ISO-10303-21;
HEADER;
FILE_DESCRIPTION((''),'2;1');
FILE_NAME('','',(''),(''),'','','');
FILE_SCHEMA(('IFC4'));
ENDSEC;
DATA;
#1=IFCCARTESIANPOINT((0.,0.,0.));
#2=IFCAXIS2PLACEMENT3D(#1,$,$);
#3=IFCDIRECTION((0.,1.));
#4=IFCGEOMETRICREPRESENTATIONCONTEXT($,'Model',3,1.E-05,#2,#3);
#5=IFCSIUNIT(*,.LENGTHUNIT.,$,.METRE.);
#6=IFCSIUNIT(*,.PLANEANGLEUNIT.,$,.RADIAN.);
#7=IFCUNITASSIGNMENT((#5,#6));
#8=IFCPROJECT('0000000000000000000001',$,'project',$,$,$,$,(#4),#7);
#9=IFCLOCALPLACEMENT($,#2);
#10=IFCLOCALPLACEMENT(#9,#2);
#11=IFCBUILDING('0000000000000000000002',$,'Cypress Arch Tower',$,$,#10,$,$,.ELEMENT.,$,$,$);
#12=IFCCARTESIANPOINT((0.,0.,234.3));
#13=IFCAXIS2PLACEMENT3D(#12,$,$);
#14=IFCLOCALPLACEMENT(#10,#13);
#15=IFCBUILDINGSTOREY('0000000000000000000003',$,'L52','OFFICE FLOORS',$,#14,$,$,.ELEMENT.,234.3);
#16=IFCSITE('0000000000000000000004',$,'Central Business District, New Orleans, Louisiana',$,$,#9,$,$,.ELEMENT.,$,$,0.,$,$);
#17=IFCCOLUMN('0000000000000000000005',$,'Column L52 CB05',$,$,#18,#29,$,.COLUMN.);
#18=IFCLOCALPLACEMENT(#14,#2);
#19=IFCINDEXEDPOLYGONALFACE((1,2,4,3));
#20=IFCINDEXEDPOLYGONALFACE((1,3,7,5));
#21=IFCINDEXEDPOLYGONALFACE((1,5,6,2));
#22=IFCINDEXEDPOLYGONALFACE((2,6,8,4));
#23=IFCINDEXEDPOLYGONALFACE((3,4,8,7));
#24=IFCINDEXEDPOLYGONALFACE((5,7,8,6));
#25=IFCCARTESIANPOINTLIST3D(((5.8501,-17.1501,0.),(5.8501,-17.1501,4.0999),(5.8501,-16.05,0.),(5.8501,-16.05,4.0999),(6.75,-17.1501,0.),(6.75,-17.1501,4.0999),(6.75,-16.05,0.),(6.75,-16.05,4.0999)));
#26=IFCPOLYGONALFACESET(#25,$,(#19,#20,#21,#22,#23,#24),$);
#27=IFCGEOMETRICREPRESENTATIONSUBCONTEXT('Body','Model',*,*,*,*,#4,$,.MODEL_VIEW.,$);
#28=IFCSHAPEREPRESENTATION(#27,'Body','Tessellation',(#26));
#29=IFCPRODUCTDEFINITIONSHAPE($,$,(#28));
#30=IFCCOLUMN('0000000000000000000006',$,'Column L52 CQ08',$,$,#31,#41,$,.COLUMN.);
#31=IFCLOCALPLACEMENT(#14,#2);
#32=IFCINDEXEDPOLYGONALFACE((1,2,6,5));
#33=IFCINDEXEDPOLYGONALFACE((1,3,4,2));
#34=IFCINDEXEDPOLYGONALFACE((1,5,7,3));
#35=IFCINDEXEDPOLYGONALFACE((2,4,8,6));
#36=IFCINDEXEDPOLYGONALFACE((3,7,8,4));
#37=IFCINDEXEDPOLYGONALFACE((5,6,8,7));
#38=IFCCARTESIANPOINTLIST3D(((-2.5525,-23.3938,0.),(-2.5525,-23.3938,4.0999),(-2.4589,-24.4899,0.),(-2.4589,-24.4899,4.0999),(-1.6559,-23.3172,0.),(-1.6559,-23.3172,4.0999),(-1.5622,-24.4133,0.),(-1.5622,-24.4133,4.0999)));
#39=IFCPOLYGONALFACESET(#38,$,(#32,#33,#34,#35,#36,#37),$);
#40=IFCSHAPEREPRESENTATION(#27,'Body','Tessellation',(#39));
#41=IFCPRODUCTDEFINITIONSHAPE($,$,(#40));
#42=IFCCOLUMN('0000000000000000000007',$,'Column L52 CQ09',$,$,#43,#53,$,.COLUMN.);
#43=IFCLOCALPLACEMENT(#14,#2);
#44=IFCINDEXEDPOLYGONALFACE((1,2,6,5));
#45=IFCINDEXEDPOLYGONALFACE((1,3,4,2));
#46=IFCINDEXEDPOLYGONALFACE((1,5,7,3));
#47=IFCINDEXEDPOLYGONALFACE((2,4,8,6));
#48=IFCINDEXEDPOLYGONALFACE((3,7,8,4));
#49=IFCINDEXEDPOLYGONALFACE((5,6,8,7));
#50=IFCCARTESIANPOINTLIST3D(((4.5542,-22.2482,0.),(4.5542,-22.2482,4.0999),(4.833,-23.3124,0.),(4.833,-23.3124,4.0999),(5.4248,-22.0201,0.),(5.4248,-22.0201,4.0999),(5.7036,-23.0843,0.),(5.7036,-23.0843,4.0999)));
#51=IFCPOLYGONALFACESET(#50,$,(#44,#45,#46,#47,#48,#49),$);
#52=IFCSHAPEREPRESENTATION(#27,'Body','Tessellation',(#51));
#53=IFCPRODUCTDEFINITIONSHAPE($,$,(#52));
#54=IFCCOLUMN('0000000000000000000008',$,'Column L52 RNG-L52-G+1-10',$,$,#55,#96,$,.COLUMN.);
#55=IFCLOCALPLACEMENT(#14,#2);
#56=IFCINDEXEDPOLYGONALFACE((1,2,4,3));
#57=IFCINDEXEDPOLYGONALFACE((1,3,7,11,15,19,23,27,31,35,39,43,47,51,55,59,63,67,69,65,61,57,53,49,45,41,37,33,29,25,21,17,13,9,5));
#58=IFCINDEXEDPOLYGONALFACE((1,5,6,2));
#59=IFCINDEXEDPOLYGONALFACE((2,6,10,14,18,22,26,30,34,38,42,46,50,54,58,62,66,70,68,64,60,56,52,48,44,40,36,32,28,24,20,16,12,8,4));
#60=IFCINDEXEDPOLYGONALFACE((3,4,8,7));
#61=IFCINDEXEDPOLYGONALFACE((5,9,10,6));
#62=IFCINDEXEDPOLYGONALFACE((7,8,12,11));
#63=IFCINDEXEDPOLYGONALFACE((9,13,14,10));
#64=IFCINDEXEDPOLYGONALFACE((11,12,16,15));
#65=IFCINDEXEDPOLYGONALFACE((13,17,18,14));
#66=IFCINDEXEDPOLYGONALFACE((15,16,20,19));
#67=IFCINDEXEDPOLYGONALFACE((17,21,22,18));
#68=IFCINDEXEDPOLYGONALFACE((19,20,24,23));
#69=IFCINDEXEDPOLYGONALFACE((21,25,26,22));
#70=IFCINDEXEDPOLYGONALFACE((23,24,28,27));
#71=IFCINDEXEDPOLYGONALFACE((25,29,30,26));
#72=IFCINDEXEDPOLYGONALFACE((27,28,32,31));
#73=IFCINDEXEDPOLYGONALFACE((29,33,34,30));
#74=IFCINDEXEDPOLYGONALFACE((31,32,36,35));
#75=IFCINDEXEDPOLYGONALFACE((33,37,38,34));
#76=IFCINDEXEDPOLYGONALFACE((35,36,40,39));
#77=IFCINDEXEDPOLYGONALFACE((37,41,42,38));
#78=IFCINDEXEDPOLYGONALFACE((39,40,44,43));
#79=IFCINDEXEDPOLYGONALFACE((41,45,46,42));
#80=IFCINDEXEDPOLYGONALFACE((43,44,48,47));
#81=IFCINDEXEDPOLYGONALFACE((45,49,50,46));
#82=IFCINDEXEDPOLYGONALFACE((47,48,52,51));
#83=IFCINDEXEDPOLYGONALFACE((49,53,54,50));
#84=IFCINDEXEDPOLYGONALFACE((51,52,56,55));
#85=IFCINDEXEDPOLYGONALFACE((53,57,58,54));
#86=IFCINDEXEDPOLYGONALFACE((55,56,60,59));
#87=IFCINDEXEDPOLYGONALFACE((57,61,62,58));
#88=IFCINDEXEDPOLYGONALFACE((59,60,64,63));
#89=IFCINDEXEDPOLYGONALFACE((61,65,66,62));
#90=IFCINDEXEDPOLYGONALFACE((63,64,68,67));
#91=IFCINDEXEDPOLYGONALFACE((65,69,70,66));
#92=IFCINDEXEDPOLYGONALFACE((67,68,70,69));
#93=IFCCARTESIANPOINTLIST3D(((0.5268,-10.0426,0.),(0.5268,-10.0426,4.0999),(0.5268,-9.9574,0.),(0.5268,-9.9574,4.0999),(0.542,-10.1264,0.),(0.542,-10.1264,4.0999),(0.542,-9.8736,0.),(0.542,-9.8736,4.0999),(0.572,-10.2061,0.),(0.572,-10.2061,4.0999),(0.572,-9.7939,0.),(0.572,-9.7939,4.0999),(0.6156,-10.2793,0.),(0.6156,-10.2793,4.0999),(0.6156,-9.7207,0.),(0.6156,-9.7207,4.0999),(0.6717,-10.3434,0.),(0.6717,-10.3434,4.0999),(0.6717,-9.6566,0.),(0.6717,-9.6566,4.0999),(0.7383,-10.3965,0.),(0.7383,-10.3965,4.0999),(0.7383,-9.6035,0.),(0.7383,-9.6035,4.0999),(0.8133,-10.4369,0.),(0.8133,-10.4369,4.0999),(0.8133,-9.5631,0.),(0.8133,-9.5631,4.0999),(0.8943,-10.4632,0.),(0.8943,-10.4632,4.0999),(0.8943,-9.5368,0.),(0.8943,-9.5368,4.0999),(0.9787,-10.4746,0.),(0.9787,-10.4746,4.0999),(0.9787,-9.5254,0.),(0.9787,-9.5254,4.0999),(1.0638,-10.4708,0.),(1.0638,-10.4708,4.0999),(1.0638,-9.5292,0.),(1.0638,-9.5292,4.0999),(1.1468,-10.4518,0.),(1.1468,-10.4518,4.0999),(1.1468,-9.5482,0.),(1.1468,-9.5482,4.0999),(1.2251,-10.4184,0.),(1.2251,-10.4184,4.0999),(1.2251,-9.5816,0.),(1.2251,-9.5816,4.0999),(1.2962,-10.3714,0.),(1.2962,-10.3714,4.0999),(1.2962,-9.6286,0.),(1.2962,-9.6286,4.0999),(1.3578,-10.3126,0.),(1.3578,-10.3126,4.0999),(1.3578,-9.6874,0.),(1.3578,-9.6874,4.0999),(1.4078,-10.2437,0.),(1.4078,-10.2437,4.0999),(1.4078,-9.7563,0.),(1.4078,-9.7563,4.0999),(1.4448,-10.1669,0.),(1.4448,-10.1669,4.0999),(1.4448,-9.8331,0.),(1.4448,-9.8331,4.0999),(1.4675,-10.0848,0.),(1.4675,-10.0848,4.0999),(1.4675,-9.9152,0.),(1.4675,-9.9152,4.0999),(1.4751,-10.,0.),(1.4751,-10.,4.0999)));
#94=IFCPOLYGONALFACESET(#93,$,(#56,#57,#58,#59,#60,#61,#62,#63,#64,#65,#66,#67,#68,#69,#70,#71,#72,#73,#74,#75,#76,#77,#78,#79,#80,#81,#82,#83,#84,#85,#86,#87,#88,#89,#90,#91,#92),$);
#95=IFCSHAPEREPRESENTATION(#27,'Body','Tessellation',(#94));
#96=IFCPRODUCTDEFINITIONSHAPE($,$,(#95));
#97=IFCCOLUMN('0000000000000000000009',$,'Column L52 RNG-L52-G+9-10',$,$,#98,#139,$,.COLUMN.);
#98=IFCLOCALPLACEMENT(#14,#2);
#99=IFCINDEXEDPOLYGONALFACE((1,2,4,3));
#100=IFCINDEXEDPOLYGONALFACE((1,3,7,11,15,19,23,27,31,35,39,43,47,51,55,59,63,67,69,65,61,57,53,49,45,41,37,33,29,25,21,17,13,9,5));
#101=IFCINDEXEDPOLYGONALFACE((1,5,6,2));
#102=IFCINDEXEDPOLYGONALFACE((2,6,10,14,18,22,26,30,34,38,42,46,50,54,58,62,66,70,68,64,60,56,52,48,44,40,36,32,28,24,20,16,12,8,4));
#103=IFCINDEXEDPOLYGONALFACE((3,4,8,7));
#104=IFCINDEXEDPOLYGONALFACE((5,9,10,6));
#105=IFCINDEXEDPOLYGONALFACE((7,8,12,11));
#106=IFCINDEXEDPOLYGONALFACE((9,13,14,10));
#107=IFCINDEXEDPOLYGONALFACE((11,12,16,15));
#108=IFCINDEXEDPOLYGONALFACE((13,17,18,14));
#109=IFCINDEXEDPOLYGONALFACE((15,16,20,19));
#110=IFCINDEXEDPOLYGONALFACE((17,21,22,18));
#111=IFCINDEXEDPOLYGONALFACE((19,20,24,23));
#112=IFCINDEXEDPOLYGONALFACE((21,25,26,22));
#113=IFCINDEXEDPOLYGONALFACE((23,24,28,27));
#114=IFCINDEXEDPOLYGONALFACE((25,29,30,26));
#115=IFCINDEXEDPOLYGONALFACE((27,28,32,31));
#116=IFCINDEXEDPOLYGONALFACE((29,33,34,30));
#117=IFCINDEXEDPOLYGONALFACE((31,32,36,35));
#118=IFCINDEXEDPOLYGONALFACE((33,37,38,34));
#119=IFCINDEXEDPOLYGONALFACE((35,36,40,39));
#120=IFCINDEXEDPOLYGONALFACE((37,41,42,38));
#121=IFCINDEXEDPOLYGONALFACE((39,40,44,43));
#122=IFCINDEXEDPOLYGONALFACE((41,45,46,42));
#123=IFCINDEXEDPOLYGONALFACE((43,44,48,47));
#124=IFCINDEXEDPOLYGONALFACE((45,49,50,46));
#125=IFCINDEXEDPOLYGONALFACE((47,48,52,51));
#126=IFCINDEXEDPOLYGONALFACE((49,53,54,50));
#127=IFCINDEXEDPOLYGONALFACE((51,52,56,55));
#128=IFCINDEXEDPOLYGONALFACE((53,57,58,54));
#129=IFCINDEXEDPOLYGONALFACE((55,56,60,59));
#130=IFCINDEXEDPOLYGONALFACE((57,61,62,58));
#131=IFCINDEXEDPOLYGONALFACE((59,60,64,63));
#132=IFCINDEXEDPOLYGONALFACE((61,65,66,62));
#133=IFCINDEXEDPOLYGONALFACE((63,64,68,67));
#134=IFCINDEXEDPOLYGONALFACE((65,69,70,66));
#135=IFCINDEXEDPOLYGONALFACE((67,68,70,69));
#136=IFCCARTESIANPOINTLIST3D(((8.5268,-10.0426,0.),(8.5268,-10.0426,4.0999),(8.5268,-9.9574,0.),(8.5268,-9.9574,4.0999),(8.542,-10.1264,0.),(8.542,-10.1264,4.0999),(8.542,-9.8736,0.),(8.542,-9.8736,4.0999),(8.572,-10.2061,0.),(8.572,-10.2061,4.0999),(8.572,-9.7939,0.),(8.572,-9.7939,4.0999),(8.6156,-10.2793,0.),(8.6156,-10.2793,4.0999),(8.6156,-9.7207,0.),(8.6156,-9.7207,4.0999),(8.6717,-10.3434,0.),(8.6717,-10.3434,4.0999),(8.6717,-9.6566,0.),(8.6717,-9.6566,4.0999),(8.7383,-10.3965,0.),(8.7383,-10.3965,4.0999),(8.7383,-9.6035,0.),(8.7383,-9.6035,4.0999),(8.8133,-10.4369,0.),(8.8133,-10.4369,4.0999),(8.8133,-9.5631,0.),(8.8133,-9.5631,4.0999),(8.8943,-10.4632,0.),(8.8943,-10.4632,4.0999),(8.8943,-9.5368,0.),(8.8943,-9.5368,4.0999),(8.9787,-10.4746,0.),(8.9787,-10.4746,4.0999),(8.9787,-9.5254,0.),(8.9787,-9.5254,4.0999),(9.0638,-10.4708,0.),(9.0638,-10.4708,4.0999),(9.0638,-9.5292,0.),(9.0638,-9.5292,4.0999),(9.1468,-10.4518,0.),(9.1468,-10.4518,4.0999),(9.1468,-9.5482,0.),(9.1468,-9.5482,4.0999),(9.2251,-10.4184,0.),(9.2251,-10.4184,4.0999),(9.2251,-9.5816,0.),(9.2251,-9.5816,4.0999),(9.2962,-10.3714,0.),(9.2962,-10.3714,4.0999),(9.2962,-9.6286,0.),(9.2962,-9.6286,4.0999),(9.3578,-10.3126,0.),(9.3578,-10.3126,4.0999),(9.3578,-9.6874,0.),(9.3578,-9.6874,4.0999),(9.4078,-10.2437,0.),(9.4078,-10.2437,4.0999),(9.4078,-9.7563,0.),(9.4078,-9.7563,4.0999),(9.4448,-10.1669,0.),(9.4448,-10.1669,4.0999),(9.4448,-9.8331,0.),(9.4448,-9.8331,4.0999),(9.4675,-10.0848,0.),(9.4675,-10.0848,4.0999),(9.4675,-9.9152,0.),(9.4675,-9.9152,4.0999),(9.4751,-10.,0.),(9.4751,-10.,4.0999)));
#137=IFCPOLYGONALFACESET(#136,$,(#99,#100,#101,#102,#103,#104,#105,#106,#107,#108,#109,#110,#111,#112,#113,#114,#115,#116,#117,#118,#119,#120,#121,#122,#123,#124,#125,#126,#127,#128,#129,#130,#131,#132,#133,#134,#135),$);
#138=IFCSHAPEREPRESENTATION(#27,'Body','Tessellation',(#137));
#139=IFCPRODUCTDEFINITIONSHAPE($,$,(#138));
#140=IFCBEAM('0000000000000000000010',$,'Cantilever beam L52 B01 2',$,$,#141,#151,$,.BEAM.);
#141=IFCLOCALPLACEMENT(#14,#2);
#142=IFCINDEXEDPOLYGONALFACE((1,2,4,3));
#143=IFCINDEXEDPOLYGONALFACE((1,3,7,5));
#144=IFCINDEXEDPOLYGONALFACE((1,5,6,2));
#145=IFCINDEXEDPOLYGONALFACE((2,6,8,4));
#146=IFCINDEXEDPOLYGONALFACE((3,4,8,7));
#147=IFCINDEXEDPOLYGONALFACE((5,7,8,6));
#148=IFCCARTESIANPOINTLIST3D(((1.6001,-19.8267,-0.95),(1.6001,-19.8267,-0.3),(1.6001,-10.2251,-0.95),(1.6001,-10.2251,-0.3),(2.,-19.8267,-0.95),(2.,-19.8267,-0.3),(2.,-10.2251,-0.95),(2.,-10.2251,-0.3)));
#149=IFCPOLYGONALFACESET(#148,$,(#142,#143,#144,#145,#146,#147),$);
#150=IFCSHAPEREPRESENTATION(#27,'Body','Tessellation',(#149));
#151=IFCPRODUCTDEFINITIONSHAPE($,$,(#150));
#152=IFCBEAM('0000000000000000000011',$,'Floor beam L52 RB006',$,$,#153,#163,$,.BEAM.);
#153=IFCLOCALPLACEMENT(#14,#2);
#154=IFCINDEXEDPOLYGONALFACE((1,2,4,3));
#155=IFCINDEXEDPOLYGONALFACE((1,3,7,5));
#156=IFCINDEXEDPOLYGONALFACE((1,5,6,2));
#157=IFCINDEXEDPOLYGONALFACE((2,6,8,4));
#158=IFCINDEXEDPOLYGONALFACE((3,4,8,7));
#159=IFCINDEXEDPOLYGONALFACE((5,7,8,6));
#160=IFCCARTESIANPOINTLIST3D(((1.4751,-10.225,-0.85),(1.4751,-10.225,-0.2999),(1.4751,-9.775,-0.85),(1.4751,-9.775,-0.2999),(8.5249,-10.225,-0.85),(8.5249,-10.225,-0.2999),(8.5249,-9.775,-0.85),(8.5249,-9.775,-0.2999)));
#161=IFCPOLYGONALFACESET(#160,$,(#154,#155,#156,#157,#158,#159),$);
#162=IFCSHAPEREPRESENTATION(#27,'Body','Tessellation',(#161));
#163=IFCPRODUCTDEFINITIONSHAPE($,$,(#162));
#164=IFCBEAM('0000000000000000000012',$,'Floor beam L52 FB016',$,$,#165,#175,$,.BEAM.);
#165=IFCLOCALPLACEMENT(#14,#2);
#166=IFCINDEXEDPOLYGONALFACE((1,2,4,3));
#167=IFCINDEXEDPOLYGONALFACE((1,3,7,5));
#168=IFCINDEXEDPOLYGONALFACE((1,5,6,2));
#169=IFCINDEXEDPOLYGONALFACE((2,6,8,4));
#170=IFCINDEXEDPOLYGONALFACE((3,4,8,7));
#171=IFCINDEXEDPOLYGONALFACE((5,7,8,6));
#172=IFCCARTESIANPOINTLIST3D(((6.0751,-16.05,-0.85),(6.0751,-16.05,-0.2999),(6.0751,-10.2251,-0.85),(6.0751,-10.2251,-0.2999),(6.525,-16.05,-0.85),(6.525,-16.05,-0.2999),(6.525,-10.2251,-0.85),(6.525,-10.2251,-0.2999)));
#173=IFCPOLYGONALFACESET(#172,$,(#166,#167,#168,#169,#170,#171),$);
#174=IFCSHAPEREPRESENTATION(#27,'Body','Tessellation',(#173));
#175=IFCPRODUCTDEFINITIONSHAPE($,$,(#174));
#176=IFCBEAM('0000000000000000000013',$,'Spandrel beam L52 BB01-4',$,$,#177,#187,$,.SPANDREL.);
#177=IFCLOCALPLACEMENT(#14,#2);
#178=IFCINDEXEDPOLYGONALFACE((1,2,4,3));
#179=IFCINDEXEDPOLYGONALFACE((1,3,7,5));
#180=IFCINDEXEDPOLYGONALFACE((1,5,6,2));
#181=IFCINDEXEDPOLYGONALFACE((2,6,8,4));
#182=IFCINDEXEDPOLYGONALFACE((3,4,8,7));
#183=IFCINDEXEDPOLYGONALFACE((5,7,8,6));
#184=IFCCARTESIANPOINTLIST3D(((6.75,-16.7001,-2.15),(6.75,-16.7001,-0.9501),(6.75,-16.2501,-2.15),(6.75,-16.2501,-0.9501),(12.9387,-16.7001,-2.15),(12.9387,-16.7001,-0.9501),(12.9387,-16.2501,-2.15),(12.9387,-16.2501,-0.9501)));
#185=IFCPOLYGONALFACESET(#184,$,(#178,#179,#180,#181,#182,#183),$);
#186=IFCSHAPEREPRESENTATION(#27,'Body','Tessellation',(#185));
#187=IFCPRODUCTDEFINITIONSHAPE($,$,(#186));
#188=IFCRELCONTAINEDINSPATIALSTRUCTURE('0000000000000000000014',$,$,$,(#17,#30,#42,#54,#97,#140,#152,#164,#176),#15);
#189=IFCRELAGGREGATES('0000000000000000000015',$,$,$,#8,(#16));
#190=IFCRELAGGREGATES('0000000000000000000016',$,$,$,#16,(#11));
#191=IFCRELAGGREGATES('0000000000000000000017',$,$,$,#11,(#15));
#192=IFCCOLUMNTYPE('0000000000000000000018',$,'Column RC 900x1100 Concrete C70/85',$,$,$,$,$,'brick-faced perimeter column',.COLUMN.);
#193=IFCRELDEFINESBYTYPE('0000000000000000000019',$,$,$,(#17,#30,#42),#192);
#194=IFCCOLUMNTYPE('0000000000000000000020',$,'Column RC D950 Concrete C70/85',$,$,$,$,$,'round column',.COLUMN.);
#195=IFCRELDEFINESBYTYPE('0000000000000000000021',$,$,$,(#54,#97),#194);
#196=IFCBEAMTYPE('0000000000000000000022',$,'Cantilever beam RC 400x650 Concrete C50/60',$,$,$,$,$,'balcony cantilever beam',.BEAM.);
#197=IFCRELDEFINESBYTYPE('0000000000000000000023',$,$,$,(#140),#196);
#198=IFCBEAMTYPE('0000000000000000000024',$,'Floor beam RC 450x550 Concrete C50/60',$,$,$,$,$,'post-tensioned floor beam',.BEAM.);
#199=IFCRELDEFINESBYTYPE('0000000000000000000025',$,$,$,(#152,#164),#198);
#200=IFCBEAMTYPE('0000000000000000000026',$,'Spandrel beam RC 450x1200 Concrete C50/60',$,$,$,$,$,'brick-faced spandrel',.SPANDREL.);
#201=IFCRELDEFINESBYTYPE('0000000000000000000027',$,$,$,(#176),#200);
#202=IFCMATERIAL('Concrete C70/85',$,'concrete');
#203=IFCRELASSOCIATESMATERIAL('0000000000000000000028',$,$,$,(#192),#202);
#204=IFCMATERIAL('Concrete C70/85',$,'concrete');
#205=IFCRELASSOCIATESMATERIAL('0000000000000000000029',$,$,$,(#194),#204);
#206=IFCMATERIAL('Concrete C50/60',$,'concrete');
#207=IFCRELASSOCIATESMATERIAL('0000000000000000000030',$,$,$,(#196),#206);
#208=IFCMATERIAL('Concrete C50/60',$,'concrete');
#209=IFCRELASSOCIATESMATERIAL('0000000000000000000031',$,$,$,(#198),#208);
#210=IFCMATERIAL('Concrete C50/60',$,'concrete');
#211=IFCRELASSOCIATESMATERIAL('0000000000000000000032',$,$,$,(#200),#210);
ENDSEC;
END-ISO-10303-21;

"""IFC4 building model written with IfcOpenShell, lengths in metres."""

from ifc_helpers import new_model, si_unit, direction, frame, origin, origin_2d, place, context, subcontext, project, spatial, rectangle, circle, extrude, material, material_profile, profile_set, type_object, element, save


model = new_model("IFC4")

# Units and contexts
model_context = context("Model", 3, precision=1e-05, world=origin(), true_north=direction((0.0, 1.0)))
body_context = subcontext(model_context, "Body", "Model", "MODEL_VIEW")
ifc_project = project(units=[si_unit("LENGTHUNIT", "METRE"), si_unit("PLANEANGLEUNIT", "RADIAN")], contexts=[model_context])

# Site, building, storey
site_placement = place(None, origin())
site = spatial("IfcSite", under=ifc_project, at=site_placement, Name="Central Business District, New Orleans, Louisiana", CompositionType="ELEMENT", RefElevation=0.0)
building_placement = place(site_placement, origin())
building = spatial("IfcBuilding", under=site, at=building_placement, Name="Cypress Arch Tower", CompositionType="ELEMENT")
storey_placement = place(building_placement, frame((0.0, 0.0, 234.3)))
storey = spatial("IfcBuildingStorey", under=building, at=storey_placement, Name="L52", Description="OFFICE FLOORS", CompositionType="ELEMENT", Elevation=234.3)

# Columns
ifc_material_1 = material(Name="Concrete C70/85", Category="concrete")
ifc_material_profile_1 = material_profile(ifc_material_1, rectangle(XDim=0.8999, YDim=1.1001, at=origin_2d()), Name="RC 900x1100")
ifc_profile_set_1 = profile_set([ifc_material_profile_1], Name="Concrete C70/85")
column_type_1 = type_object("IfcColumnType", Name="Column RC 900x1100 Concrete C70/85", ElementType="brick-faced perimeter column", PredefinedType="COLUMN", material=ifc_profile_set_1)
for number, where, z_axis, x_axis, name in (
    (1, (6.3, -16.6001, 0.0), (0.0, 0.0, 1.0), (1.0, 0.0, 0.0), "Column L52 CB05"),
    (2, (-2.0574, -23.9036, 0.0), (0.0, 0.0, 1.0), (0.996368, 0.085149, 0.0), "Column L52 CQ08"),
    (3, (5.1289, -22.6663, 0.0), (0.0, 0.0, 1.0), (0.967356, 0.253422, 0.0), "Column L52 CQ09"),
):
    element("IfcColumn", number, at=place(storey_placement, frame(where, z_axis=z_axis, x_axis=x_axis)), inside=storey, type_object=column_type_1, Name=name, PredefinedType="COLUMN", context=body_context, shape_type="SweptSolid", body=[
        extrude(rectangle(XDim=0.8999, YDim=1.1001, at=origin_2d()), origin(), (0.0, 0.0, 1.0), 4.0999),
    ])
ifc_material_2 = material(Name="Concrete C70/85", Category="concrete")
ifc_material_profile_2 = material_profile(ifc_material_2, circle(Radius=0.4751, at=origin_2d()), Name="RC D950")
ifc_profile_set_2 = profile_set([ifc_material_profile_2], Name="Concrete C70/85")
column_type_2 = type_object("IfcColumnType", Name="Column RC D950 Concrete C70/85", ElementType="round column", PredefinedType="COLUMN", material=ifc_profile_set_2)
for number, where, z_axis, x_axis, name in (
    (4, (1.0, -10.0, 0.0), (0.0, 0.0, 1.0), (1.0, 0.0, 0.0), "Column L52 RNG-L52-G+1-10"),
    (5, (9.0, -10.0, 0.0), (0.0, 0.0, 1.0), (1.0, 0.0, 0.0), "Column L52 RNG-L52-G+9-10"),
):
    element("IfcColumn", number, at=place(storey_placement, frame(where, z_axis=z_axis, x_axis=x_axis)), inside=storey, type_object=column_type_2, Name=name, PredefinedType="COLUMN", context=body_context, shape_type="SweptSolid", body=[
        extrude(circle(Radius=0.4751, at=origin_2d()), origin(), (0.0, 0.0, 1.0), 4.0999),
    ])

# Beams
ifc_material_3 = material(Name="Concrete C50/60", Category="concrete")
ifc_material_profile_3 = material_profile(ifc_material_3, rectangle(XDim=0.3999, YDim=0.6499, at=origin_2d()), Name="RC 400x650")
ifc_profile_set_3 = profile_set([ifc_material_profile_3], Name="Concrete C50/60")
beam_type_1 = type_object("IfcBeamType", Name="Cantilever beam RC 400x650 Concrete C50/60", ElementType="balcony cantilever beam", PredefinedType="BEAM", material=ifc_profile_set_3)
beam_1_placement = place(storey_placement, frame((1.8, -10.2251, -0.625), z_axis=(0.0, -1.0, 0.0), x_axis=(1.0, 0.0, 0.0)))
element("IfcBeam", 6, at=beam_1_placement, inside=storey, type_object=beam_type_1, Name="Cantilever beam L52 B01 2", PredefinedType="BEAM", context=body_context, shape_type="SweptSolid", body=[
    extrude(rectangle(XDim=0.3999, YDim=0.6499, at=origin_2d()), origin(), (0.0, 0.0, 1.0), 9.6016),
])
ifc_material_4 = material(Name="Concrete C50/60", Category="concrete")
ifc_material_profile_4 = material_profile(ifc_material_4, rectangle(XDim=0.45, YDim=0.55, at=origin_2d()), Name="RC 450x550")
ifc_profile_set_4 = profile_set([ifc_material_profile_4], Name="Concrete C50/60")
beam_type_2 = type_object("IfcBeamType", Name="Floor beam RC 450x550 Concrete C50/60", ElementType="post-tensioned floor beam", PredefinedType="BEAM", material=ifc_profile_set_4)
beam_2_placement = place(storey_placement, frame((1.4751, -10.0, -0.575), z_axis=(1.0, 0.0, 0.0), x_axis=(0.0, 1.0, 0.0)))
element("IfcBeam", 7, at=beam_2_placement, inside=storey, type_object=beam_type_2, Name="Floor beam L52 RB006", PredefinedType="BEAM", context=body_context, shape_type="SweptSolid", body=[
    extrude(rectangle(XDim=0.45, YDim=0.55, at=origin_2d()), origin(), (0.0, 0.0, 1.0), 7.0498),
])
beam_3_placement = place(storey_placement, frame((6.3, -16.05, -0.575), z_axis=(0.0, 1.0, 0.0), x_axis=(-1.0, 0.0, 0.0)))
element("IfcBeam", 8, at=beam_3_placement, inside=storey, type_object=beam_type_2, Name="Floor beam L52 FB016", PredefinedType="BEAM", context=body_context, shape_type="SweptSolid", body=[
    extrude(rectangle(XDim=0.45, YDim=0.55, at=origin_2d()), origin(), (0.0, 0.0, 1.0), 5.825),
])
ifc_material_5 = material(Name="Concrete C50/60", Category="concrete")
ifc_material_profile_5 = material_profile(ifc_material_5, rectangle(XDim=0.45, YDim=1.2, at=origin_2d()), Name="RC 450x1200")
ifc_profile_set_5 = profile_set([ifc_material_profile_5], Name="Concrete C50/60")
beam_type_3 = type_object("IfcBeamType", Name="Spandrel beam RC 450x1200 Concrete C50/60", ElementType="brick-faced spandrel", PredefinedType="SPANDREL", material=ifc_profile_set_5)
beam_4_placement = place(storey_placement, frame((6.75, -16.4751, -1.55), z_axis=(1.0, 0.0, 0.0), x_axis=(0.0, 1.0, 0.0)))
element("IfcBeam", 9, at=beam_4_placement, inside=storey, type_object=beam_type_3, Name="Spandrel beam L52 BB01-4", PredefinedType="SPANDREL", context=body_context, shape_type="SweptSolid", body=[
    extrude(rectangle(XDim=0.45, YDim=1.2, at=origin_2d()), origin(), (0.0, 0.0, 1.0), 6.1887),
])

save(model, "model.ifc")
